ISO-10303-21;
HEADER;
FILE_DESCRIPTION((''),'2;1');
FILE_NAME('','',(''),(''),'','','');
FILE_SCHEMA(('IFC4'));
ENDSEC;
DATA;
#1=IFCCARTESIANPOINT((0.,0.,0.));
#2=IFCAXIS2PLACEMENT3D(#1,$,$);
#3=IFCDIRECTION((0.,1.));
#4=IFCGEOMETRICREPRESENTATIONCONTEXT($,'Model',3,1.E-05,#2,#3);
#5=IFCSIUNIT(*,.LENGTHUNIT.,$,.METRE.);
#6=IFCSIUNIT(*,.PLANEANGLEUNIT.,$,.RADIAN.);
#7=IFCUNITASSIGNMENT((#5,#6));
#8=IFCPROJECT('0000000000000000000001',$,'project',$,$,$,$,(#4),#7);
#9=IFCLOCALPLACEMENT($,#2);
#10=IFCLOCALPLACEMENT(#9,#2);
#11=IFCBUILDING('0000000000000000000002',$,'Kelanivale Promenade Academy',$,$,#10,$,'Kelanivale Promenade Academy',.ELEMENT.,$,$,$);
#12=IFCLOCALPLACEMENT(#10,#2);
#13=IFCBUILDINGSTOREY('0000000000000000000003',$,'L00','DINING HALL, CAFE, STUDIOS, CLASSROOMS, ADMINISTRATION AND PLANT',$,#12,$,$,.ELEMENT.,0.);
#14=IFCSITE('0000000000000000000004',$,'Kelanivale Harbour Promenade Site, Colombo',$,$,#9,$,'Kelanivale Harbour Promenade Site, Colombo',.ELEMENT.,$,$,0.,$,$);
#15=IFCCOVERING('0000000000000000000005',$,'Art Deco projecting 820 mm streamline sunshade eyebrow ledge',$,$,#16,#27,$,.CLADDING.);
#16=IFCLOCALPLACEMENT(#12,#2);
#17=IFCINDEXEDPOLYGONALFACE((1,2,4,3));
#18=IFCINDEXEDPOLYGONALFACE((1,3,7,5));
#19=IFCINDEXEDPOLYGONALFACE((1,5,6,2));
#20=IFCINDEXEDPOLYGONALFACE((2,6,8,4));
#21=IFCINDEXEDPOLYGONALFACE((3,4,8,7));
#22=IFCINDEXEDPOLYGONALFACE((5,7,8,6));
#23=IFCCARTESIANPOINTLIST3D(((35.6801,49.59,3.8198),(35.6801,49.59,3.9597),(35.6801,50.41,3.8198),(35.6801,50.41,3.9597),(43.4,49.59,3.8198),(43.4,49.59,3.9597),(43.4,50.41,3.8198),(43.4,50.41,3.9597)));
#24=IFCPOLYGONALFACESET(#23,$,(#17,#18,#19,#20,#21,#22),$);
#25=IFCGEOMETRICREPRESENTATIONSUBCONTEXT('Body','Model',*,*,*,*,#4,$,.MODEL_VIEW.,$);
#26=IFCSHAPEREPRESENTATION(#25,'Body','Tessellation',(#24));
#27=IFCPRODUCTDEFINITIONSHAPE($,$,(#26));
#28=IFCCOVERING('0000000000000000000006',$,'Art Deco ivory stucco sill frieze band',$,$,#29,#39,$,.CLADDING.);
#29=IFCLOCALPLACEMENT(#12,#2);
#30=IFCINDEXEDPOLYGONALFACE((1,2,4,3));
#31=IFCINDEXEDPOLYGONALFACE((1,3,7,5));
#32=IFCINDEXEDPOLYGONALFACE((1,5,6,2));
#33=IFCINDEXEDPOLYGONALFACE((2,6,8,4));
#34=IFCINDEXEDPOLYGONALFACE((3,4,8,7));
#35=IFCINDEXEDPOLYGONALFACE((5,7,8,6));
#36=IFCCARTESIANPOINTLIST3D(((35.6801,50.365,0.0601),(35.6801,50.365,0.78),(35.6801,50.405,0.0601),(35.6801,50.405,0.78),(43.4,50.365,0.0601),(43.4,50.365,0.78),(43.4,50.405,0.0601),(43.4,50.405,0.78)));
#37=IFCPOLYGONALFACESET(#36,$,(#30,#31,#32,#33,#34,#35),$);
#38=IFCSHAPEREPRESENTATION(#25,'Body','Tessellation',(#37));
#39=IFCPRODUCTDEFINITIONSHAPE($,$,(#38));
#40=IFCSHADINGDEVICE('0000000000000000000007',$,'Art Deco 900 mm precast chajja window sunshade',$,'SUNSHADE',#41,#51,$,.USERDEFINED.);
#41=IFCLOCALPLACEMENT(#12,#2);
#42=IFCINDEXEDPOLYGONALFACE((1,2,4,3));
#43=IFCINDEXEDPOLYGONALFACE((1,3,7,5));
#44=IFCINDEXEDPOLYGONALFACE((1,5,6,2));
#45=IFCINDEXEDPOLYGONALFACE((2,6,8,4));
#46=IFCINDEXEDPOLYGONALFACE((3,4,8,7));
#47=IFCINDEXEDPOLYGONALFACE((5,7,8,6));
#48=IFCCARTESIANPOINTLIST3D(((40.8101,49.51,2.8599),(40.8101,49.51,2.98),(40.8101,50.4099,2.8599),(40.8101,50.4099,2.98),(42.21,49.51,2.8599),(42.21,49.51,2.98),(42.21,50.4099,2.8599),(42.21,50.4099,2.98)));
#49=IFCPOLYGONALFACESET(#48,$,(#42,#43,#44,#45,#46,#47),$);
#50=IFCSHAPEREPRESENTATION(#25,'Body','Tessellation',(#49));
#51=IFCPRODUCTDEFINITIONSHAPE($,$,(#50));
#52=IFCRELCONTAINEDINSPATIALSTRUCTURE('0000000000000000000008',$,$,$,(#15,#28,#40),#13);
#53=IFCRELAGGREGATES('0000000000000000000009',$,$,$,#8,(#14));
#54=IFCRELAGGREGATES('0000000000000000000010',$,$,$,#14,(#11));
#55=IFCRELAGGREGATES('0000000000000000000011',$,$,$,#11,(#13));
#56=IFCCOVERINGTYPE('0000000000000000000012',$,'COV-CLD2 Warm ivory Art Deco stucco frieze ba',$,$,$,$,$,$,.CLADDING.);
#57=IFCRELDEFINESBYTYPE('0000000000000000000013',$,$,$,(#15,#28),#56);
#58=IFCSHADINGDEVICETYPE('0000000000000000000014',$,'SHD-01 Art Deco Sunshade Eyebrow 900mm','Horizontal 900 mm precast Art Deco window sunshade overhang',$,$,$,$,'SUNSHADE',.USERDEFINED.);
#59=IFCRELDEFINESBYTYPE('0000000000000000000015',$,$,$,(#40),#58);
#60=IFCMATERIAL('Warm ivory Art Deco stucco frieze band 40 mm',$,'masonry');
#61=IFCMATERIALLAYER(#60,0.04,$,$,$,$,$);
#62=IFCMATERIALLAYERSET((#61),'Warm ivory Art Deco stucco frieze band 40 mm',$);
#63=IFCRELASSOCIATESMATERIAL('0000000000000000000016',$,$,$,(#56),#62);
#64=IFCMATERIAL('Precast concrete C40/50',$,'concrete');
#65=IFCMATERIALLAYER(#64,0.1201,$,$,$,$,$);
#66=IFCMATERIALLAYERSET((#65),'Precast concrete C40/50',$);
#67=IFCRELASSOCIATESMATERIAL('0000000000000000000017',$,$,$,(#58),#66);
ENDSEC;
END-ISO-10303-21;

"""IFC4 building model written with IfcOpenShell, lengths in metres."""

from ifc_helpers import new_model, si_unit, direction, frame, origin, origin_2d, place, context, subcontext, project, spatial, rectangle, extrude, material, layer, layer_set, type_object, element, save


model = new_model("IFC4")

# Units and contexts
model_context = context("Model", 3, precision=1e-05, world=origin(), true_north=direction((0.0, 1.0)))
body_context = subcontext(model_context, "Body", "Model", "MODEL_VIEW")
ifc_project = project(units=[si_unit("LENGTHUNIT", "METRE"), si_unit("PLANEANGLEUNIT", "RADIAN")], contexts=[model_context])

# Site, building, storey
site_placement = place(None, origin())
site = spatial("IfcSite", under=ifc_project, at=site_placement, Name="Kelanivale Harbour Promenade Site, Colombo", LongName="Kelanivale Harbour Promenade Site, Colombo", CompositionType="ELEMENT", RefElevation=0.0)
building_placement = place(site_placement, origin())
building = spatial("IfcBuilding", under=site, at=building_placement, Name="Kelanivale Promenade Academy", LongName="Kelanivale Promenade Academy", CompositionType="ELEMENT")
storey_placement = place(building_placement, origin())
storey = spatial("IfcBuildingStorey", under=building, at=storey_placement, Name="L00", Description="DINING HALL, CAFE, STUDIOS, CLASSROOMS, ADMINISTRATION AND PLANT", CompositionType="ELEMENT", Elevation=0.0)

# Coverings
ifc_material_1 = material(Name="Warm ivory Art Deco stucco frieze band 40 mm", Category="masonry")
ifc_layer_1 = layer(ifc_material_1, 0.04)
ifc_layer_set_1 = layer_set([ifc_layer_1], Name="Warm ivory Art Deco stucco frieze band 40 mm")
covering_type = type_object("IfcCoveringType", Name="COV-CLD2 Warm ivory Art Deco stucco frieze ba", PredefinedType="CLADDING", material=ifc_layer_set_1)
covering_1_placement = place(storey_placement, frame((39.54, 50.0, 3.8198), z_axis=(0.0, 0.0, 1.0), x_axis=(1.0, 0.0, 0.0)))
element("IfcCovering", 1, at=covering_1_placement, inside=storey, type_object=covering_type, Name="Art Deco projecting 820 mm streamline sunshade eyebrow ledge", PredefinedType="CLADDING", context=body_context, shape_type="SweptSolid", body=[
    extrude(rectangle(XDim=7.72, YDim=0.8201, at=origin_2d()), origin(), (0.0, 0.0, 1.0), 0.1399),
])
covering_2_placement = place(storey_placement, frame((39.54, 50.385, 0.0601), z_axis=(0.0, 0.0, 1.0), x_axis=(1.0, 0.0, 0.0)))
element("IfcCovering", 2, at=covering_2_placement, inside=storey, type_object=covering_type, Name="Art Deco ivory stucco sill frieze band", PredefinedType="CLADDING", context=body_context, shape_type="SweptSolid", body=[
    extrude(rectangle(XDim=7.72, YDim=0.04, at=origin_2d()), origin(), (0.0, 0.0, 1.0), 0.72),
])

# Shading device
ifc_material_2 = material(Name="Precast concrete C40/50", Category="concrete")
ifc_layer_2 = layer(ifc_material_2, 0.1201)
ifc_layer_set_2 = layer_set([ifc_layer_2], Name="Precast concrete C40/50")
shading_device_type = type_object("IfcShadingDeviceType", Name="SHD-01 Art Deco Sunshade Eyebrow 900mm", Description="Horizontal 900 mm precast Art Deco window sunshade overhang", ElementType="SUNSHADE", PredefinedType="USERDEFINED", material=ifc_layer_set_2)
shading_device_placement = place(storey_placement, frame((41.51, 49.96, 2.8599), z_axis=(0.0, 0.0, 1.0), x_axis=(1.0, 0.0, 0.0)))
element("IfcShadingDevice", 3, at=shading_device_placement, inside=storey, type_object=shading_device_type, Name="Art Deco 900 mm precast chajja window sunshade", ObjectType="SUNSHADE", PredefinedType="USERDEFINED", context=body_context, shape_type="SweptSolid", body=[
    extrude(rectangle(XDim=1.3999, YDim=0.8999, at=origin_2d()), origin(), (0.0, 0.0, 1.0), 0.1201),
])

save(model, "model.ifc")
